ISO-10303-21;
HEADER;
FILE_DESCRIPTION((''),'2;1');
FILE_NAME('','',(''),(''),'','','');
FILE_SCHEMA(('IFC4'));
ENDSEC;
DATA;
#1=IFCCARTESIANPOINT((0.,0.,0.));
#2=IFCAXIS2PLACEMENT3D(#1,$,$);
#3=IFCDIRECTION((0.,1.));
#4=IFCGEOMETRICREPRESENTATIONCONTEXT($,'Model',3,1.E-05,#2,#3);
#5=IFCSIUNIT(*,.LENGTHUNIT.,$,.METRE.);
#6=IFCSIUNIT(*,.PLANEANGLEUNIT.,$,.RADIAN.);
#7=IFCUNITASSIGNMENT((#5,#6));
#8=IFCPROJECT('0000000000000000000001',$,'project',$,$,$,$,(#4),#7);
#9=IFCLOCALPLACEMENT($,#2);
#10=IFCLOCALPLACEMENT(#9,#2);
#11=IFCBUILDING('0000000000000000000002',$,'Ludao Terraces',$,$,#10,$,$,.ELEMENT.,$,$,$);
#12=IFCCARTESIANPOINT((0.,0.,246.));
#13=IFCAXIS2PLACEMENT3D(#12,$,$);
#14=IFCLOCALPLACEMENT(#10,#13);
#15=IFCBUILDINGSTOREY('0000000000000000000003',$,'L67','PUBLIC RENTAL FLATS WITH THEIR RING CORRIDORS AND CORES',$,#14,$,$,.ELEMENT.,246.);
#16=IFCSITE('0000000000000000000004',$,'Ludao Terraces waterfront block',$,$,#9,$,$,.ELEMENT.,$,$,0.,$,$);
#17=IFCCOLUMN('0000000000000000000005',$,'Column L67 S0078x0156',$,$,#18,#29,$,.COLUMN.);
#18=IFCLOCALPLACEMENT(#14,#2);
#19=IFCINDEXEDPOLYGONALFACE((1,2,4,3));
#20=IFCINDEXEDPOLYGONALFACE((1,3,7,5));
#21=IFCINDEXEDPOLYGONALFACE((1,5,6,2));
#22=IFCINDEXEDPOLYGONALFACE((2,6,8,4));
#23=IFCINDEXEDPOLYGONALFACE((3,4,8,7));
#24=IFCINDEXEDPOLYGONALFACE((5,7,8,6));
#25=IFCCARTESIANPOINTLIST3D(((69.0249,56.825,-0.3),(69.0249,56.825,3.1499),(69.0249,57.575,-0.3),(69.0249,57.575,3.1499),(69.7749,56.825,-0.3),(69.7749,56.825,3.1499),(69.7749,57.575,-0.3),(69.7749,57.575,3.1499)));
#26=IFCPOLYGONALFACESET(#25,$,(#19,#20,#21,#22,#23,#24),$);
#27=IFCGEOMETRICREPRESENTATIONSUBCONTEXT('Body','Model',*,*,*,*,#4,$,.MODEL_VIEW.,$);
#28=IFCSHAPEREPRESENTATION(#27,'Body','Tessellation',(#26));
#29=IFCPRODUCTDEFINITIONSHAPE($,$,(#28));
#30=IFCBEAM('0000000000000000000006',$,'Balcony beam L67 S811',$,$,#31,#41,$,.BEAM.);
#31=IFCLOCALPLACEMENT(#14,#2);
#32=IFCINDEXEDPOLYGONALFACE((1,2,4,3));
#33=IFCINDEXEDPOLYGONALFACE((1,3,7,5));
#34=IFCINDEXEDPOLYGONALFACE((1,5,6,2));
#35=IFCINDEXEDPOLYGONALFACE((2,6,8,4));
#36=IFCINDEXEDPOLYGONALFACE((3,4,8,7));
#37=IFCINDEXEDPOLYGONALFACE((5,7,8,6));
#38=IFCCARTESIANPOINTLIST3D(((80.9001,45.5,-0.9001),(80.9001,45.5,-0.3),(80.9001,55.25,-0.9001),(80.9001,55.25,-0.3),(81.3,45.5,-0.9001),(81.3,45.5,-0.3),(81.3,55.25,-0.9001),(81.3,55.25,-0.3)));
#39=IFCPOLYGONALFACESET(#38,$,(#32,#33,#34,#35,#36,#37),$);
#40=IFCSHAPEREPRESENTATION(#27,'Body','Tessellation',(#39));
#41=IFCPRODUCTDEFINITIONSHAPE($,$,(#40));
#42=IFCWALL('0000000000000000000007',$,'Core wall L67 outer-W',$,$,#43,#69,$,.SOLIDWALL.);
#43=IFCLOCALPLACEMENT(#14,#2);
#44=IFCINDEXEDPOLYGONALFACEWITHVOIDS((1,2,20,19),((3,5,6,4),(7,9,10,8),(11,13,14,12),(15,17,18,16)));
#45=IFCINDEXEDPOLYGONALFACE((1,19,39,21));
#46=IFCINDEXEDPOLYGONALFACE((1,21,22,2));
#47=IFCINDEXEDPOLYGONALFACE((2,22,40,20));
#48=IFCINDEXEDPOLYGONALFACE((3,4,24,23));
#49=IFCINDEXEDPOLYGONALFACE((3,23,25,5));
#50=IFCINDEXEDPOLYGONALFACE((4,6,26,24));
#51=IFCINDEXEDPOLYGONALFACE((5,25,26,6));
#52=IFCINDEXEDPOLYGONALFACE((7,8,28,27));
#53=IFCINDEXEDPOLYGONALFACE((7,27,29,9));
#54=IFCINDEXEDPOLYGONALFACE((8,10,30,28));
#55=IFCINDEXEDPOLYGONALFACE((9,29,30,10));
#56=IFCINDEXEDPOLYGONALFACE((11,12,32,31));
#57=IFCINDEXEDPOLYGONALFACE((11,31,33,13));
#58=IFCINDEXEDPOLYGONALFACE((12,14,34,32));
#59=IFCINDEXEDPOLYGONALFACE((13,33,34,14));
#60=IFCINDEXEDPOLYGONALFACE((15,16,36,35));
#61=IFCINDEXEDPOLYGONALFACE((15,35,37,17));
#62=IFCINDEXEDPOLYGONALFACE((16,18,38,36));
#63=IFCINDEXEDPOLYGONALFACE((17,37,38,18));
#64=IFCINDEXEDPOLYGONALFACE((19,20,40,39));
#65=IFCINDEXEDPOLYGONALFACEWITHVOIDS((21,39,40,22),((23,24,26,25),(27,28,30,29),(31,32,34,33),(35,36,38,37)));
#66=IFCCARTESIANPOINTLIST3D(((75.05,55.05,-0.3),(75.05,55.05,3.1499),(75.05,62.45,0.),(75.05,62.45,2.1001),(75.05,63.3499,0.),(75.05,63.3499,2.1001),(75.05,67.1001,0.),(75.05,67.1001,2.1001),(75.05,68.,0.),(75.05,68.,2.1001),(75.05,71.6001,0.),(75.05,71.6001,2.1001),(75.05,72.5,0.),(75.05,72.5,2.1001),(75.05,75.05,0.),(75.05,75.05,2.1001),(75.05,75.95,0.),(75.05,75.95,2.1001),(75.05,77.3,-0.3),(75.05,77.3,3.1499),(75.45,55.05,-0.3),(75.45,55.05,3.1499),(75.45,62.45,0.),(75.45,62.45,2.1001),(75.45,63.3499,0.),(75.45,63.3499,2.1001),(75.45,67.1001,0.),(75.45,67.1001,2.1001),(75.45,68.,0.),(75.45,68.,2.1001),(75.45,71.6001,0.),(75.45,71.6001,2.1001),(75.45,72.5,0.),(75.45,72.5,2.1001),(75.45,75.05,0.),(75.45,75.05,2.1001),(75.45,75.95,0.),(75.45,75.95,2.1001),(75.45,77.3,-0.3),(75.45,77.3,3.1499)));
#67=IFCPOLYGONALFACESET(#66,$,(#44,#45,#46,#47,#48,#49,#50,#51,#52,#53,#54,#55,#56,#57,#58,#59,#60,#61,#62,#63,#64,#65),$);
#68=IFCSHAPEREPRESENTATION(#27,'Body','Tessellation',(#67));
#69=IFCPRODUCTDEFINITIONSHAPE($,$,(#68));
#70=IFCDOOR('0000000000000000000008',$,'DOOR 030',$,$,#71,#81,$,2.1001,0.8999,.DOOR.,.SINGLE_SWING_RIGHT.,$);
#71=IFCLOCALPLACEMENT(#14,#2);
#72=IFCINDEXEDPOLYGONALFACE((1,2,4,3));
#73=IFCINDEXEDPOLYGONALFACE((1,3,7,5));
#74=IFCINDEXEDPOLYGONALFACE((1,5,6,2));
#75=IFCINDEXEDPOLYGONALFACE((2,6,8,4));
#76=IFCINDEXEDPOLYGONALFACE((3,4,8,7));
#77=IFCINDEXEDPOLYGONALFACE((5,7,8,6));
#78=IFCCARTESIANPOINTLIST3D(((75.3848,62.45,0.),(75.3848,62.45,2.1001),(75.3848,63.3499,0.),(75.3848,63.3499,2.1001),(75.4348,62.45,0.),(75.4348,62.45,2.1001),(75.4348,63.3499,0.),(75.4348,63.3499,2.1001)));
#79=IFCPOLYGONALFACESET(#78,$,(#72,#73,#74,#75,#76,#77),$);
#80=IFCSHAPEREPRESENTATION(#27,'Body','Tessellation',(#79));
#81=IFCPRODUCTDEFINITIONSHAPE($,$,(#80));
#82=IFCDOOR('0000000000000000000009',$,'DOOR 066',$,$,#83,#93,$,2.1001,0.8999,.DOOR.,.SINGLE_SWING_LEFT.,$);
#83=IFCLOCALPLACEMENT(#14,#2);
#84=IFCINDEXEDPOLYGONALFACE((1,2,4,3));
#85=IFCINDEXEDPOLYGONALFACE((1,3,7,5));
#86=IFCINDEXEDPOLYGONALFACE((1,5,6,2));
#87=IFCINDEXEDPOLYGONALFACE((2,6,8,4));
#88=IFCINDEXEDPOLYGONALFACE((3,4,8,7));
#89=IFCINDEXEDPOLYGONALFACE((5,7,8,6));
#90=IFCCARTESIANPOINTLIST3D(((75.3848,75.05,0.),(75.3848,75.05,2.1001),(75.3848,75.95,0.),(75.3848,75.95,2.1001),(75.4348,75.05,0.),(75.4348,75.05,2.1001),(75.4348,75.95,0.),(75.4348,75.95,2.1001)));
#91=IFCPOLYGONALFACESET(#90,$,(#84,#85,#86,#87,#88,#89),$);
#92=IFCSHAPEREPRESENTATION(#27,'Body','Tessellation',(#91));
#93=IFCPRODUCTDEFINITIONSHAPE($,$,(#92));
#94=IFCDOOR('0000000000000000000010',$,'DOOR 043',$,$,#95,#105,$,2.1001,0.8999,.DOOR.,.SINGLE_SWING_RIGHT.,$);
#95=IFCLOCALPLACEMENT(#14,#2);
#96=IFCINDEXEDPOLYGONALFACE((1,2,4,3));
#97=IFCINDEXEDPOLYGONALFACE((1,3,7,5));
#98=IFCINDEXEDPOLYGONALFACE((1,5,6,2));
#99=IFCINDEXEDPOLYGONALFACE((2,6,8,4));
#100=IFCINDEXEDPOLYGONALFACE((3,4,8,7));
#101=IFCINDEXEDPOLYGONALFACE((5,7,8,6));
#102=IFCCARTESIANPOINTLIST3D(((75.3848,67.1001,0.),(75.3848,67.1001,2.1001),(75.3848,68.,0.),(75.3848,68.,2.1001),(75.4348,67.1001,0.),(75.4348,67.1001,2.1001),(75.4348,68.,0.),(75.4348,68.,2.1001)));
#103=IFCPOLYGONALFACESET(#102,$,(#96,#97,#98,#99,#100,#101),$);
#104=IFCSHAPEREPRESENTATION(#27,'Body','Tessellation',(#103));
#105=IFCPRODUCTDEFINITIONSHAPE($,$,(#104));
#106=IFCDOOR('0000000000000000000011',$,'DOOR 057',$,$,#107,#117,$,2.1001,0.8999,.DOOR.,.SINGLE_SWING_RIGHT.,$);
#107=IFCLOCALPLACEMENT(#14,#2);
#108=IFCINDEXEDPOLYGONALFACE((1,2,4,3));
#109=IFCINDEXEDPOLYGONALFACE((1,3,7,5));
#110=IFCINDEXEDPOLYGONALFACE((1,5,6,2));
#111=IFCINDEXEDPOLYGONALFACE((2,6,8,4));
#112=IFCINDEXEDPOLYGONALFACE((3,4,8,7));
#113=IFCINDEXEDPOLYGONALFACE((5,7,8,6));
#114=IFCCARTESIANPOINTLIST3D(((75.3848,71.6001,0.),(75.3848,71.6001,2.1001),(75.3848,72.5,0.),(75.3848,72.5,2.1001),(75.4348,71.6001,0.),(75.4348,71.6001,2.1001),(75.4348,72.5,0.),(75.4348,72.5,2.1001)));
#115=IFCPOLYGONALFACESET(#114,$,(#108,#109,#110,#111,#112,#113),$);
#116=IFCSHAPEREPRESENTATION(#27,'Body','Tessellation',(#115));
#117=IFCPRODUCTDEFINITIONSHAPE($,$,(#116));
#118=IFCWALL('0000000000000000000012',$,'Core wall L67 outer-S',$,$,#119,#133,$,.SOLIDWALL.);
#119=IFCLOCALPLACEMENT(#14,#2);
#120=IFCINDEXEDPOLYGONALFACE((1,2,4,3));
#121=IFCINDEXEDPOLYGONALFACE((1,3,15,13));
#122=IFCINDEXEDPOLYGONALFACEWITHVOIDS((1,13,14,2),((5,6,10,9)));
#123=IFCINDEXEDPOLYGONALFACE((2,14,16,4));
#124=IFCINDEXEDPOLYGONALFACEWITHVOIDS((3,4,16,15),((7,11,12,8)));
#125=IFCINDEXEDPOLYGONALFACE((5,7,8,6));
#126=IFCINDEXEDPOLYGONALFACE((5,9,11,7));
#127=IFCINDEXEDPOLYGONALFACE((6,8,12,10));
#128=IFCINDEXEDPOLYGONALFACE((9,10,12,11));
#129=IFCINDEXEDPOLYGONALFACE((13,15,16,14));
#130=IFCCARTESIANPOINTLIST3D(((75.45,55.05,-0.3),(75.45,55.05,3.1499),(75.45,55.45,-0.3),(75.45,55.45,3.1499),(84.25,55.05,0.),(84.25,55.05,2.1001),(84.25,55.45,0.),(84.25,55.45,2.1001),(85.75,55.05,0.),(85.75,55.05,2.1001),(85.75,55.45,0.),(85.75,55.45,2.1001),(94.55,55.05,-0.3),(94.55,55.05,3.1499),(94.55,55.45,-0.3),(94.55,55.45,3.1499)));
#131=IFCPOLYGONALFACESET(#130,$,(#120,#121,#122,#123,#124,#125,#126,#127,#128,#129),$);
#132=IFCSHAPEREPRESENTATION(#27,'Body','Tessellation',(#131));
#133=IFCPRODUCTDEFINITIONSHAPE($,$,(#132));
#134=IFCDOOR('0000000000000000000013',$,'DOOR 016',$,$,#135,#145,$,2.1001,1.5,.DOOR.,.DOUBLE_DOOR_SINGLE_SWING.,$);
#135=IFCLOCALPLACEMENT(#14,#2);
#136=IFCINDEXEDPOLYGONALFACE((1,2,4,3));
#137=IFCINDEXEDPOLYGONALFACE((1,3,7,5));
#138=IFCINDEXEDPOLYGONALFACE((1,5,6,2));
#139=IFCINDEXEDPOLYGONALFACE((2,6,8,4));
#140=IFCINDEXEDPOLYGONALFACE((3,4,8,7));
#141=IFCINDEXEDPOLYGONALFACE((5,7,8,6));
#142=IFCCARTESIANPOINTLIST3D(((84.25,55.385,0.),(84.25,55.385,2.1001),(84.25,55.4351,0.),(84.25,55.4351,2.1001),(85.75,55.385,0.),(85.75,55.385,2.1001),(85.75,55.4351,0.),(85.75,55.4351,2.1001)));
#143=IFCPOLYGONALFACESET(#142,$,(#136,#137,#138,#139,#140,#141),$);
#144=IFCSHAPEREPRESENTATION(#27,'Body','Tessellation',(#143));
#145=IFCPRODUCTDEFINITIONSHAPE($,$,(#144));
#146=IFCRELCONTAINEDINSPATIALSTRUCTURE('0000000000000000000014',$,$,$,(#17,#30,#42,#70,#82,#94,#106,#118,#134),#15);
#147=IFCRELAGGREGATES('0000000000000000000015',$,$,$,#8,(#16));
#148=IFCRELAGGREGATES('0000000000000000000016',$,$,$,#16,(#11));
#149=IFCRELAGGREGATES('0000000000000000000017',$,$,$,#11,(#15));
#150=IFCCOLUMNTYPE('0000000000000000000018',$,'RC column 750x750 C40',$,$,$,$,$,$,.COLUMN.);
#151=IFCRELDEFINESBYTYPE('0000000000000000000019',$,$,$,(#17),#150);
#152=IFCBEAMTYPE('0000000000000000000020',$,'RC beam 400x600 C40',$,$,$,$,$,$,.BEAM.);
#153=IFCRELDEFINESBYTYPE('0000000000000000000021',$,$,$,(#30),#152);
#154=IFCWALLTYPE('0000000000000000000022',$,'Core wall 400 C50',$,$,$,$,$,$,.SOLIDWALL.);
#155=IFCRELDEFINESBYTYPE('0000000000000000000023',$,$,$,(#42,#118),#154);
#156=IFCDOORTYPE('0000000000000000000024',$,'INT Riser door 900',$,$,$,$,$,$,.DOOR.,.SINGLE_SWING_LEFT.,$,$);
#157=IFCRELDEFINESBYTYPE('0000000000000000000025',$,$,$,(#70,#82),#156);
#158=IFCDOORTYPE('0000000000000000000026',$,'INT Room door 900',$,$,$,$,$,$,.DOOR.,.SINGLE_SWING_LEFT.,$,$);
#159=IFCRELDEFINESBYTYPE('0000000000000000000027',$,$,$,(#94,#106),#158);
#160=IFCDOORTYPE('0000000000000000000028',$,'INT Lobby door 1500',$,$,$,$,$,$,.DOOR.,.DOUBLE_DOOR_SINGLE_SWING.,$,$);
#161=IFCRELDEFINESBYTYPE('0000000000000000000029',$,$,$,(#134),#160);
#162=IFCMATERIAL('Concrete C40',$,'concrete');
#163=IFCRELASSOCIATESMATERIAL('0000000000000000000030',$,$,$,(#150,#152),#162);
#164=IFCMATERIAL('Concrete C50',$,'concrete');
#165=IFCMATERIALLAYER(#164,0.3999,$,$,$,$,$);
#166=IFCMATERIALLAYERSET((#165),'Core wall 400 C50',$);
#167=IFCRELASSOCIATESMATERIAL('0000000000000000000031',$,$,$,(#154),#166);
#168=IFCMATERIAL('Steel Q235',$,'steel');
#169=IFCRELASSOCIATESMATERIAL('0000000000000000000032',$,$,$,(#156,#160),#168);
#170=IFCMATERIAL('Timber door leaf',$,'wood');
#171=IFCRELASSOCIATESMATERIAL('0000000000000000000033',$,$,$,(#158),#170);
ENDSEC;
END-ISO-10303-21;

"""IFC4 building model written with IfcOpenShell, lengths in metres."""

from ifc_helpers import new_model, si_unit, direction, frame, frame_2d, origin, origin_2d, place, context, subcontext, project, spatial, rectangle, extrude, material, layer, layer_set, material_profile, profile_set, type_object, element, fill, save


model = new_model("IFC4")

# Units and contexts
model_context = context("Model", 3, precision=1e-05, world=origin(), true_north=direction((0.0, 1.0)))
body_context = subcontext(model_context, "Body", "Model", "MODEL_VIEW")
ifc_project = project(units=[si_unit("LENGTHUNIT", "METRE"), si_unit("PLANEANGLEUNIT", "RADIAN")], contexts=[model_context])

# Site, building, storey
site_placement = place(None, origin())
site = spatial("IfcSite", under=ifc_project, at=site_placement, Name="Ludao Terraces waterfront block", CompositionType="ELEMENT", RefElevation=0.0)
building_placement = place(site_placement, origin())
building = spatial("IfcBuilding", under=site, at=building_placement, Name="Ludao Terraces", CompositionType="ELEMENT")
storey_placement = place(building_placement, frame((0.0, 0.0, 246.0)))
storey = spatial("IfcBuildingStorey", under=building, at=storey_placement, Name="L67", Description="PUBLIC RENTAL FLATS WITH THEIR RING CORRIDORS AND CORES", CompositionType="ELEMENT", Elevation=246.0)

# Column
ifc_material_1 = material(Name="Concrete C40", Category="concrete")
ifc_material_profile_1 = material_profile(ifc_material_1, rectangle(XDim=0.75, YDim=0.75, at=origin_2d()), Name="750 X 750")
ifc_profile_set_1 = profile_set([ifc_material_profile_1], Name="Concrete C40")
column_type = type_object("IfcColumnType", Name="RC column 750x750 C40", PredefinedType="COLUMN", material=ifc_profile_set_1)
column_placement = place(storey_placement, frame((69.3999, 57.2, -0.3), z_axis=(0.0, 0.0, 1.0), x_axis=(1.0, 0.0, 0.0)))
element("IfcColumn", 1, at=column_placement, inside=storey, type_object=column_type, Name="Column L67 S0078x0156", PredefinedType="COLUMN", context=body_context, shape_type="SweptSolid", body=[
    extrude(rectangle(XDim=0.75, YDim=0.75, at=origin_2d()), origin(), (0.0, 0.0, 1.0), 3.45),
])

# Beam
ifc_material_profile_2 = material_profile(ifc_material_1, rectangle(XDim=0.3999, YDim=0.6001, at=origin_2d()), Name="400 X 600")
ifc_profile_set_2 = profile_set([ifc_material_profile_2], Name="Concrete C40")
beam_type = type_object("IfcBeamType", Name="RC beam 400x600 C40", PredefinedType="BEAM", material=ifc_profile_set_2)
beam_placement = place(storey_placement, frame((81.1001, 55.25, -0.6001), z_axis=(0.0, -1.0, 0.0), x_axis=(1.0, 0.0, 0.0)))
element("IfcBeam", 2, at=beam_placement, inside=storey, type_object=beam_type, Name="Balcony beam L67 S811", PredefinedType="BEAM", context=body_context, shape_type="SweptSolid", body=[
    extrude(rectangle(XDim=0.3999, YDim=0.6001, at=origin_2d()), origin(), (0.0, 0.0, 1.0), 9.75),
])

# Wall, openings, doors
ifc_material_2 = material(Name="Concrete C50", Category="concrete")
ifc_layer_1 = layer(ifc_material_2, 0.3999)
ifc_layer_set_1 = layer_set([ifc_layer_1], Name="Core wall 400 C50")
wall_type_1 = type_object("IfcWallType", Name="Core wall 400 C50", PredefinedType="SOLIDWALL", material=ifc_layer_set_1)
wall_1_placement = place(storey_placement, frame((75.25, 55.05, -0.3), z_axis=(0.0, 0.0, 1.0), x_axis=(0.0, 1.0, 0.0)))
wall_1 = element("IfcWall", 3, at=wall_1_placement, inside=storey, type_object=wall_type_1, Name="Core wall L67 outer-W", PredefinedType="SOLIDWALL", context=body_context, shape_type="SweptSolid", body=[
    extrude(rectangle(XDim=22.25, YDim=0.3999, at=frame_2d((11.125, 0.0))), origin(), (0.0, 0.0, 1.0), 3.45),
])
opening_1_placement = place(wall_1_placement, frame((7.3999, 0.0, 0.3)))
opening_1 = element("IfcOpeningElement", 4, at=opening_1_placement, cuts=wall_1, PredefinedType="OPENING", context=body_context, shape_type="SweptSolid", body=[
    extrude(rectangle(XDim=0.8999, YDim=2.1001, at=frame_2d((0.45, 1.05))), frame((0.0, 0.21, 0.0), z_axis=(0.0, -1.0, 0.0), x_axis=(1.0, 0.0, 0.0)), (0.0, 0.0, 1.0), 0.4199),
])
opening_2_placement = place(wall_1_placement, frame((12.05, 0.0, 0.3)))
opening_2 = element("IfcOpeningElement", 5, at=opening_2_placement, cuts=wall_1, PredefinedType="OPENING", context=body_context, shape_type="SweptSolid", body=[
    extrude(rectangle(XDim=0.8999, YDim=2.1001, at=frame_2d((0.45, 1.05))), frame((0.0, 0.21, 0.0), z_axis=(0.0, -1.0, 0.0), x_axis=(1.0, 0.0, 0.0)), (0.0, 0.0, 1.0), 0.4199),
])
opening_3_placement = place(wall_1_placement, frame((16.55, 0.0, 0.3)))
opening_3 = element("IfcOpeningElement", 6, at=opening_3_placement, cuts=wall_1, PredefinedType="OPENING", context=body_context, shape_type="SweptSolid", body=[
    extrude(rectangle(XDim=0.8999, YDim=2.1001, at=frame_2d((0.45, 1.05))), frame((0.0, 0.21, 0.0), z_axis=(0.0, -1.0, 0.0), x_axis=(1.0, 0.0, 0.0)), (0.0, 0.0, 1.0), 0.4199),
])
opening_4_placement = place(wall_1_placement, frame((20.0, 0.0, 0.3)))
opening_4 = element("IfcOpeningElement", 7, at=opening_4_placement, cuts=wall_1, PredefinedType="OPENING", context=body_context, shape_type="SweptSolid", body=[
    extrude(rectangle(XDim=0.8999, YDim=2.1001, at=frame_2d((0.45, 1.05))), frame((0.0, 0.21, 0.0), z_axis=(0.0, -1.0, 0.0), x_axis=(1.0, 0.0, 0.0)), (0.0, 0.0, 1.0), 0.4199),
])
ifc_material_3 = material(Name="Steel Q235", Category="steel")
door_type_1 = type_object("IfcDoorType", Name="INT Riser door 900", OperationType="SINGLE_SWING_LEFT", PredefinedType="DOOR", material=ifc_material_3)
door_1_placement = place(opening_1_placement, origin())
door_1 = element("IfcDoor", 8, at=door_1_placement, inside=storey, type_object=door_type_1, Name="DOOR 030", OperationType="SINGLE_SWING_RIGHT", OverallHeight=2.1001, OverallWidth=0.8999, PredefinedType="DOOR", context=body_context, shape_type="SweptSolid", body=[
    extrude(rectangle(XDim=0.8999, YDim=2.1001, at=frame_2d((0.45, 1.05))), frame((0.0, -0.1348, 0.0), z_axis=(0.0, -1.0, 0.0), x_axis=(1.0, 0.0, 0.0)), (0.0, 0.0, 1.0), 0.05),
])
fill(opening_1, door_1)
door_2_placement = place(opening_4_placement, origin())
door_2 = element("IfcDoor", 9, at=door_2_placement, inside=storey, type_object=door_type_1, Name="DOOR 066", OperationType="SINGLE_SWING_LEFT", OverallHeight=2.1001, OverallWidth=0.8999, PredefinedType="DOOR", context=body_context, shape_type="SweptSolid", body=[
    extrude(rectangle(XDim=0.8999, YDim=2.1001, at=frame_2d((0.45, 1.05))), frame((0.0, -0.1348, 0.0), z_axis=(0.0, -1.0, 0.0), x_axis=(1.0, 0.0, 0.0)), (0.0, 0.0, 1.0), 0.05),
])
fill(opening_4, door_2)
ifc_material_4 = material(Name="Timber door leaf", Category="wood")
door_type_2 = type_object("IfcDoorType", Name="INT Room door 900", OperationType="SINGLE_SWING_LEFT", PredefinedType="DOOR", material=ifc_material_4)
door_3_placement = place(opening_2_placement, origin())
door_3 = element("IfcDoor", 10, at=door_3_placement, inside=storey, type_object=door_type_2, Name="DOOR 043", OperationType="SINGLE_SWING_RIGHT", OverallHeight=2.1001, OverallWidth=0.8999, PredefinedType="DOOR", context=body_context, shape_type="SweptSolid", body=[
    extrude(rectangle(XDim=0.8999, YDim=2.1001, at=frame_2d((0.45, 1.05))), frame((0.0, -0.1348, 0.0), z_axis=(0.0, -1.0, 0.0), x_axis=(1.0, 0.0, 0.0)), (0.0, 0.0, 1.0), 0.05),
])
fill(opening_2, door_3)
door_4_placement = place(opening_3_placement, origin())
door_4 = element("IfcDoor", 11, at=door_4_placement, inside=storey, type_object=door_type_2, Name="DOOR 057", OperationType="SINGLE_SWING_RIGHT", OverallHeight=2.1001, OverallWidth=0.8999, PredefinedType="DOOR", context=body_context, shape_type="SweptSolid", body=[
    extrude(rectangle(XDim=0.8999, YDim=2.1001, at=frame_2d((0.45, 1.05))), frame((0.0, -0.1348, 0.0), z_axis=(0.0, -1.0, 0.0), x_axis=(1.0, 0.0, 0.0)), (0.0, 0.0, 1.0), 0.05),
])
fill(opening_3, door_4)

# Wall, opening, door
wall_2_placement = place(storey_placement, frame((75.45, 55.25, -0.3), z_axis=(0.0, 0.0, 1.0), x_axis=(1.0, 0.0, 0.0)))
wall_2 = element("IfcWall", 12, at=wall_2_placement, inside=storey, type_object=wall_type_1, Name="Core wall L67 outer-S", PredefinedType="SOLIDWALL", context=body_context, shape_type="SweptSolid", body=[
    extrude(rectangle(XDim=19.1001, YDim=0.3999, at=frame_2d((9.55, 0.0))), origin(), (0.0, 0.0, 1.0), 3.45),
])
opening_5_placement = place(wall_2_placement, frame((8.8, 0.0, 0.3)))
opening_5 = element("IfcOpeningElement", 13, at=opening_5_placement, cuts=wall_2, PredefinedType="OPENING", context=body_context, shape_type="SweptSolid", body=[
    extrude(rectangle(XDim=1.5, YDim=2.1001, at=frame_2d((0.75, 1.05))), frame((0.0, 0.21, 0.0), z_axis=(0.0, -1.0, 0.0), x_axis=(1.0, 0.0, 0.0)), (0.0, 0.0, 1.0), 0.4199),
])
door_type_3 = type_object("IfcDoorType", Name="INT Lobby door 1500", OperationType="DOUBLE_DOOR_SINGLE_SWING", PredefinedType="DOOR", material=ifc_material_3)
door_5_placement = place(opening_5_placement, origin())
door_5 = element("IfcDoor", 14, at=door_5_placement, inside=storey, type_object=door_type_3, Name="DOOR 016", OperationType="DOUBLE_DOOR_SINGLE_SWING", OverallHeight=2.1001, OverallWidth=1.5, PredefinedType="DOOR", context=body_context, shape_type="SweptSolid", body=[
    extrude(rectangle(XDim=1.5, YDim=2.1001, at=frame_2d((0.75, 1.05))), frame((0.0, 0.1851, 0.0), z_axis=(0.0, -1.0, 0.0), x_axis=(1.0, 0.0, 0.0)), (0.0, 0.0, 1.0), 0.05),
])
fill(opening_5, door_5)

save(model, "model.ifc")
